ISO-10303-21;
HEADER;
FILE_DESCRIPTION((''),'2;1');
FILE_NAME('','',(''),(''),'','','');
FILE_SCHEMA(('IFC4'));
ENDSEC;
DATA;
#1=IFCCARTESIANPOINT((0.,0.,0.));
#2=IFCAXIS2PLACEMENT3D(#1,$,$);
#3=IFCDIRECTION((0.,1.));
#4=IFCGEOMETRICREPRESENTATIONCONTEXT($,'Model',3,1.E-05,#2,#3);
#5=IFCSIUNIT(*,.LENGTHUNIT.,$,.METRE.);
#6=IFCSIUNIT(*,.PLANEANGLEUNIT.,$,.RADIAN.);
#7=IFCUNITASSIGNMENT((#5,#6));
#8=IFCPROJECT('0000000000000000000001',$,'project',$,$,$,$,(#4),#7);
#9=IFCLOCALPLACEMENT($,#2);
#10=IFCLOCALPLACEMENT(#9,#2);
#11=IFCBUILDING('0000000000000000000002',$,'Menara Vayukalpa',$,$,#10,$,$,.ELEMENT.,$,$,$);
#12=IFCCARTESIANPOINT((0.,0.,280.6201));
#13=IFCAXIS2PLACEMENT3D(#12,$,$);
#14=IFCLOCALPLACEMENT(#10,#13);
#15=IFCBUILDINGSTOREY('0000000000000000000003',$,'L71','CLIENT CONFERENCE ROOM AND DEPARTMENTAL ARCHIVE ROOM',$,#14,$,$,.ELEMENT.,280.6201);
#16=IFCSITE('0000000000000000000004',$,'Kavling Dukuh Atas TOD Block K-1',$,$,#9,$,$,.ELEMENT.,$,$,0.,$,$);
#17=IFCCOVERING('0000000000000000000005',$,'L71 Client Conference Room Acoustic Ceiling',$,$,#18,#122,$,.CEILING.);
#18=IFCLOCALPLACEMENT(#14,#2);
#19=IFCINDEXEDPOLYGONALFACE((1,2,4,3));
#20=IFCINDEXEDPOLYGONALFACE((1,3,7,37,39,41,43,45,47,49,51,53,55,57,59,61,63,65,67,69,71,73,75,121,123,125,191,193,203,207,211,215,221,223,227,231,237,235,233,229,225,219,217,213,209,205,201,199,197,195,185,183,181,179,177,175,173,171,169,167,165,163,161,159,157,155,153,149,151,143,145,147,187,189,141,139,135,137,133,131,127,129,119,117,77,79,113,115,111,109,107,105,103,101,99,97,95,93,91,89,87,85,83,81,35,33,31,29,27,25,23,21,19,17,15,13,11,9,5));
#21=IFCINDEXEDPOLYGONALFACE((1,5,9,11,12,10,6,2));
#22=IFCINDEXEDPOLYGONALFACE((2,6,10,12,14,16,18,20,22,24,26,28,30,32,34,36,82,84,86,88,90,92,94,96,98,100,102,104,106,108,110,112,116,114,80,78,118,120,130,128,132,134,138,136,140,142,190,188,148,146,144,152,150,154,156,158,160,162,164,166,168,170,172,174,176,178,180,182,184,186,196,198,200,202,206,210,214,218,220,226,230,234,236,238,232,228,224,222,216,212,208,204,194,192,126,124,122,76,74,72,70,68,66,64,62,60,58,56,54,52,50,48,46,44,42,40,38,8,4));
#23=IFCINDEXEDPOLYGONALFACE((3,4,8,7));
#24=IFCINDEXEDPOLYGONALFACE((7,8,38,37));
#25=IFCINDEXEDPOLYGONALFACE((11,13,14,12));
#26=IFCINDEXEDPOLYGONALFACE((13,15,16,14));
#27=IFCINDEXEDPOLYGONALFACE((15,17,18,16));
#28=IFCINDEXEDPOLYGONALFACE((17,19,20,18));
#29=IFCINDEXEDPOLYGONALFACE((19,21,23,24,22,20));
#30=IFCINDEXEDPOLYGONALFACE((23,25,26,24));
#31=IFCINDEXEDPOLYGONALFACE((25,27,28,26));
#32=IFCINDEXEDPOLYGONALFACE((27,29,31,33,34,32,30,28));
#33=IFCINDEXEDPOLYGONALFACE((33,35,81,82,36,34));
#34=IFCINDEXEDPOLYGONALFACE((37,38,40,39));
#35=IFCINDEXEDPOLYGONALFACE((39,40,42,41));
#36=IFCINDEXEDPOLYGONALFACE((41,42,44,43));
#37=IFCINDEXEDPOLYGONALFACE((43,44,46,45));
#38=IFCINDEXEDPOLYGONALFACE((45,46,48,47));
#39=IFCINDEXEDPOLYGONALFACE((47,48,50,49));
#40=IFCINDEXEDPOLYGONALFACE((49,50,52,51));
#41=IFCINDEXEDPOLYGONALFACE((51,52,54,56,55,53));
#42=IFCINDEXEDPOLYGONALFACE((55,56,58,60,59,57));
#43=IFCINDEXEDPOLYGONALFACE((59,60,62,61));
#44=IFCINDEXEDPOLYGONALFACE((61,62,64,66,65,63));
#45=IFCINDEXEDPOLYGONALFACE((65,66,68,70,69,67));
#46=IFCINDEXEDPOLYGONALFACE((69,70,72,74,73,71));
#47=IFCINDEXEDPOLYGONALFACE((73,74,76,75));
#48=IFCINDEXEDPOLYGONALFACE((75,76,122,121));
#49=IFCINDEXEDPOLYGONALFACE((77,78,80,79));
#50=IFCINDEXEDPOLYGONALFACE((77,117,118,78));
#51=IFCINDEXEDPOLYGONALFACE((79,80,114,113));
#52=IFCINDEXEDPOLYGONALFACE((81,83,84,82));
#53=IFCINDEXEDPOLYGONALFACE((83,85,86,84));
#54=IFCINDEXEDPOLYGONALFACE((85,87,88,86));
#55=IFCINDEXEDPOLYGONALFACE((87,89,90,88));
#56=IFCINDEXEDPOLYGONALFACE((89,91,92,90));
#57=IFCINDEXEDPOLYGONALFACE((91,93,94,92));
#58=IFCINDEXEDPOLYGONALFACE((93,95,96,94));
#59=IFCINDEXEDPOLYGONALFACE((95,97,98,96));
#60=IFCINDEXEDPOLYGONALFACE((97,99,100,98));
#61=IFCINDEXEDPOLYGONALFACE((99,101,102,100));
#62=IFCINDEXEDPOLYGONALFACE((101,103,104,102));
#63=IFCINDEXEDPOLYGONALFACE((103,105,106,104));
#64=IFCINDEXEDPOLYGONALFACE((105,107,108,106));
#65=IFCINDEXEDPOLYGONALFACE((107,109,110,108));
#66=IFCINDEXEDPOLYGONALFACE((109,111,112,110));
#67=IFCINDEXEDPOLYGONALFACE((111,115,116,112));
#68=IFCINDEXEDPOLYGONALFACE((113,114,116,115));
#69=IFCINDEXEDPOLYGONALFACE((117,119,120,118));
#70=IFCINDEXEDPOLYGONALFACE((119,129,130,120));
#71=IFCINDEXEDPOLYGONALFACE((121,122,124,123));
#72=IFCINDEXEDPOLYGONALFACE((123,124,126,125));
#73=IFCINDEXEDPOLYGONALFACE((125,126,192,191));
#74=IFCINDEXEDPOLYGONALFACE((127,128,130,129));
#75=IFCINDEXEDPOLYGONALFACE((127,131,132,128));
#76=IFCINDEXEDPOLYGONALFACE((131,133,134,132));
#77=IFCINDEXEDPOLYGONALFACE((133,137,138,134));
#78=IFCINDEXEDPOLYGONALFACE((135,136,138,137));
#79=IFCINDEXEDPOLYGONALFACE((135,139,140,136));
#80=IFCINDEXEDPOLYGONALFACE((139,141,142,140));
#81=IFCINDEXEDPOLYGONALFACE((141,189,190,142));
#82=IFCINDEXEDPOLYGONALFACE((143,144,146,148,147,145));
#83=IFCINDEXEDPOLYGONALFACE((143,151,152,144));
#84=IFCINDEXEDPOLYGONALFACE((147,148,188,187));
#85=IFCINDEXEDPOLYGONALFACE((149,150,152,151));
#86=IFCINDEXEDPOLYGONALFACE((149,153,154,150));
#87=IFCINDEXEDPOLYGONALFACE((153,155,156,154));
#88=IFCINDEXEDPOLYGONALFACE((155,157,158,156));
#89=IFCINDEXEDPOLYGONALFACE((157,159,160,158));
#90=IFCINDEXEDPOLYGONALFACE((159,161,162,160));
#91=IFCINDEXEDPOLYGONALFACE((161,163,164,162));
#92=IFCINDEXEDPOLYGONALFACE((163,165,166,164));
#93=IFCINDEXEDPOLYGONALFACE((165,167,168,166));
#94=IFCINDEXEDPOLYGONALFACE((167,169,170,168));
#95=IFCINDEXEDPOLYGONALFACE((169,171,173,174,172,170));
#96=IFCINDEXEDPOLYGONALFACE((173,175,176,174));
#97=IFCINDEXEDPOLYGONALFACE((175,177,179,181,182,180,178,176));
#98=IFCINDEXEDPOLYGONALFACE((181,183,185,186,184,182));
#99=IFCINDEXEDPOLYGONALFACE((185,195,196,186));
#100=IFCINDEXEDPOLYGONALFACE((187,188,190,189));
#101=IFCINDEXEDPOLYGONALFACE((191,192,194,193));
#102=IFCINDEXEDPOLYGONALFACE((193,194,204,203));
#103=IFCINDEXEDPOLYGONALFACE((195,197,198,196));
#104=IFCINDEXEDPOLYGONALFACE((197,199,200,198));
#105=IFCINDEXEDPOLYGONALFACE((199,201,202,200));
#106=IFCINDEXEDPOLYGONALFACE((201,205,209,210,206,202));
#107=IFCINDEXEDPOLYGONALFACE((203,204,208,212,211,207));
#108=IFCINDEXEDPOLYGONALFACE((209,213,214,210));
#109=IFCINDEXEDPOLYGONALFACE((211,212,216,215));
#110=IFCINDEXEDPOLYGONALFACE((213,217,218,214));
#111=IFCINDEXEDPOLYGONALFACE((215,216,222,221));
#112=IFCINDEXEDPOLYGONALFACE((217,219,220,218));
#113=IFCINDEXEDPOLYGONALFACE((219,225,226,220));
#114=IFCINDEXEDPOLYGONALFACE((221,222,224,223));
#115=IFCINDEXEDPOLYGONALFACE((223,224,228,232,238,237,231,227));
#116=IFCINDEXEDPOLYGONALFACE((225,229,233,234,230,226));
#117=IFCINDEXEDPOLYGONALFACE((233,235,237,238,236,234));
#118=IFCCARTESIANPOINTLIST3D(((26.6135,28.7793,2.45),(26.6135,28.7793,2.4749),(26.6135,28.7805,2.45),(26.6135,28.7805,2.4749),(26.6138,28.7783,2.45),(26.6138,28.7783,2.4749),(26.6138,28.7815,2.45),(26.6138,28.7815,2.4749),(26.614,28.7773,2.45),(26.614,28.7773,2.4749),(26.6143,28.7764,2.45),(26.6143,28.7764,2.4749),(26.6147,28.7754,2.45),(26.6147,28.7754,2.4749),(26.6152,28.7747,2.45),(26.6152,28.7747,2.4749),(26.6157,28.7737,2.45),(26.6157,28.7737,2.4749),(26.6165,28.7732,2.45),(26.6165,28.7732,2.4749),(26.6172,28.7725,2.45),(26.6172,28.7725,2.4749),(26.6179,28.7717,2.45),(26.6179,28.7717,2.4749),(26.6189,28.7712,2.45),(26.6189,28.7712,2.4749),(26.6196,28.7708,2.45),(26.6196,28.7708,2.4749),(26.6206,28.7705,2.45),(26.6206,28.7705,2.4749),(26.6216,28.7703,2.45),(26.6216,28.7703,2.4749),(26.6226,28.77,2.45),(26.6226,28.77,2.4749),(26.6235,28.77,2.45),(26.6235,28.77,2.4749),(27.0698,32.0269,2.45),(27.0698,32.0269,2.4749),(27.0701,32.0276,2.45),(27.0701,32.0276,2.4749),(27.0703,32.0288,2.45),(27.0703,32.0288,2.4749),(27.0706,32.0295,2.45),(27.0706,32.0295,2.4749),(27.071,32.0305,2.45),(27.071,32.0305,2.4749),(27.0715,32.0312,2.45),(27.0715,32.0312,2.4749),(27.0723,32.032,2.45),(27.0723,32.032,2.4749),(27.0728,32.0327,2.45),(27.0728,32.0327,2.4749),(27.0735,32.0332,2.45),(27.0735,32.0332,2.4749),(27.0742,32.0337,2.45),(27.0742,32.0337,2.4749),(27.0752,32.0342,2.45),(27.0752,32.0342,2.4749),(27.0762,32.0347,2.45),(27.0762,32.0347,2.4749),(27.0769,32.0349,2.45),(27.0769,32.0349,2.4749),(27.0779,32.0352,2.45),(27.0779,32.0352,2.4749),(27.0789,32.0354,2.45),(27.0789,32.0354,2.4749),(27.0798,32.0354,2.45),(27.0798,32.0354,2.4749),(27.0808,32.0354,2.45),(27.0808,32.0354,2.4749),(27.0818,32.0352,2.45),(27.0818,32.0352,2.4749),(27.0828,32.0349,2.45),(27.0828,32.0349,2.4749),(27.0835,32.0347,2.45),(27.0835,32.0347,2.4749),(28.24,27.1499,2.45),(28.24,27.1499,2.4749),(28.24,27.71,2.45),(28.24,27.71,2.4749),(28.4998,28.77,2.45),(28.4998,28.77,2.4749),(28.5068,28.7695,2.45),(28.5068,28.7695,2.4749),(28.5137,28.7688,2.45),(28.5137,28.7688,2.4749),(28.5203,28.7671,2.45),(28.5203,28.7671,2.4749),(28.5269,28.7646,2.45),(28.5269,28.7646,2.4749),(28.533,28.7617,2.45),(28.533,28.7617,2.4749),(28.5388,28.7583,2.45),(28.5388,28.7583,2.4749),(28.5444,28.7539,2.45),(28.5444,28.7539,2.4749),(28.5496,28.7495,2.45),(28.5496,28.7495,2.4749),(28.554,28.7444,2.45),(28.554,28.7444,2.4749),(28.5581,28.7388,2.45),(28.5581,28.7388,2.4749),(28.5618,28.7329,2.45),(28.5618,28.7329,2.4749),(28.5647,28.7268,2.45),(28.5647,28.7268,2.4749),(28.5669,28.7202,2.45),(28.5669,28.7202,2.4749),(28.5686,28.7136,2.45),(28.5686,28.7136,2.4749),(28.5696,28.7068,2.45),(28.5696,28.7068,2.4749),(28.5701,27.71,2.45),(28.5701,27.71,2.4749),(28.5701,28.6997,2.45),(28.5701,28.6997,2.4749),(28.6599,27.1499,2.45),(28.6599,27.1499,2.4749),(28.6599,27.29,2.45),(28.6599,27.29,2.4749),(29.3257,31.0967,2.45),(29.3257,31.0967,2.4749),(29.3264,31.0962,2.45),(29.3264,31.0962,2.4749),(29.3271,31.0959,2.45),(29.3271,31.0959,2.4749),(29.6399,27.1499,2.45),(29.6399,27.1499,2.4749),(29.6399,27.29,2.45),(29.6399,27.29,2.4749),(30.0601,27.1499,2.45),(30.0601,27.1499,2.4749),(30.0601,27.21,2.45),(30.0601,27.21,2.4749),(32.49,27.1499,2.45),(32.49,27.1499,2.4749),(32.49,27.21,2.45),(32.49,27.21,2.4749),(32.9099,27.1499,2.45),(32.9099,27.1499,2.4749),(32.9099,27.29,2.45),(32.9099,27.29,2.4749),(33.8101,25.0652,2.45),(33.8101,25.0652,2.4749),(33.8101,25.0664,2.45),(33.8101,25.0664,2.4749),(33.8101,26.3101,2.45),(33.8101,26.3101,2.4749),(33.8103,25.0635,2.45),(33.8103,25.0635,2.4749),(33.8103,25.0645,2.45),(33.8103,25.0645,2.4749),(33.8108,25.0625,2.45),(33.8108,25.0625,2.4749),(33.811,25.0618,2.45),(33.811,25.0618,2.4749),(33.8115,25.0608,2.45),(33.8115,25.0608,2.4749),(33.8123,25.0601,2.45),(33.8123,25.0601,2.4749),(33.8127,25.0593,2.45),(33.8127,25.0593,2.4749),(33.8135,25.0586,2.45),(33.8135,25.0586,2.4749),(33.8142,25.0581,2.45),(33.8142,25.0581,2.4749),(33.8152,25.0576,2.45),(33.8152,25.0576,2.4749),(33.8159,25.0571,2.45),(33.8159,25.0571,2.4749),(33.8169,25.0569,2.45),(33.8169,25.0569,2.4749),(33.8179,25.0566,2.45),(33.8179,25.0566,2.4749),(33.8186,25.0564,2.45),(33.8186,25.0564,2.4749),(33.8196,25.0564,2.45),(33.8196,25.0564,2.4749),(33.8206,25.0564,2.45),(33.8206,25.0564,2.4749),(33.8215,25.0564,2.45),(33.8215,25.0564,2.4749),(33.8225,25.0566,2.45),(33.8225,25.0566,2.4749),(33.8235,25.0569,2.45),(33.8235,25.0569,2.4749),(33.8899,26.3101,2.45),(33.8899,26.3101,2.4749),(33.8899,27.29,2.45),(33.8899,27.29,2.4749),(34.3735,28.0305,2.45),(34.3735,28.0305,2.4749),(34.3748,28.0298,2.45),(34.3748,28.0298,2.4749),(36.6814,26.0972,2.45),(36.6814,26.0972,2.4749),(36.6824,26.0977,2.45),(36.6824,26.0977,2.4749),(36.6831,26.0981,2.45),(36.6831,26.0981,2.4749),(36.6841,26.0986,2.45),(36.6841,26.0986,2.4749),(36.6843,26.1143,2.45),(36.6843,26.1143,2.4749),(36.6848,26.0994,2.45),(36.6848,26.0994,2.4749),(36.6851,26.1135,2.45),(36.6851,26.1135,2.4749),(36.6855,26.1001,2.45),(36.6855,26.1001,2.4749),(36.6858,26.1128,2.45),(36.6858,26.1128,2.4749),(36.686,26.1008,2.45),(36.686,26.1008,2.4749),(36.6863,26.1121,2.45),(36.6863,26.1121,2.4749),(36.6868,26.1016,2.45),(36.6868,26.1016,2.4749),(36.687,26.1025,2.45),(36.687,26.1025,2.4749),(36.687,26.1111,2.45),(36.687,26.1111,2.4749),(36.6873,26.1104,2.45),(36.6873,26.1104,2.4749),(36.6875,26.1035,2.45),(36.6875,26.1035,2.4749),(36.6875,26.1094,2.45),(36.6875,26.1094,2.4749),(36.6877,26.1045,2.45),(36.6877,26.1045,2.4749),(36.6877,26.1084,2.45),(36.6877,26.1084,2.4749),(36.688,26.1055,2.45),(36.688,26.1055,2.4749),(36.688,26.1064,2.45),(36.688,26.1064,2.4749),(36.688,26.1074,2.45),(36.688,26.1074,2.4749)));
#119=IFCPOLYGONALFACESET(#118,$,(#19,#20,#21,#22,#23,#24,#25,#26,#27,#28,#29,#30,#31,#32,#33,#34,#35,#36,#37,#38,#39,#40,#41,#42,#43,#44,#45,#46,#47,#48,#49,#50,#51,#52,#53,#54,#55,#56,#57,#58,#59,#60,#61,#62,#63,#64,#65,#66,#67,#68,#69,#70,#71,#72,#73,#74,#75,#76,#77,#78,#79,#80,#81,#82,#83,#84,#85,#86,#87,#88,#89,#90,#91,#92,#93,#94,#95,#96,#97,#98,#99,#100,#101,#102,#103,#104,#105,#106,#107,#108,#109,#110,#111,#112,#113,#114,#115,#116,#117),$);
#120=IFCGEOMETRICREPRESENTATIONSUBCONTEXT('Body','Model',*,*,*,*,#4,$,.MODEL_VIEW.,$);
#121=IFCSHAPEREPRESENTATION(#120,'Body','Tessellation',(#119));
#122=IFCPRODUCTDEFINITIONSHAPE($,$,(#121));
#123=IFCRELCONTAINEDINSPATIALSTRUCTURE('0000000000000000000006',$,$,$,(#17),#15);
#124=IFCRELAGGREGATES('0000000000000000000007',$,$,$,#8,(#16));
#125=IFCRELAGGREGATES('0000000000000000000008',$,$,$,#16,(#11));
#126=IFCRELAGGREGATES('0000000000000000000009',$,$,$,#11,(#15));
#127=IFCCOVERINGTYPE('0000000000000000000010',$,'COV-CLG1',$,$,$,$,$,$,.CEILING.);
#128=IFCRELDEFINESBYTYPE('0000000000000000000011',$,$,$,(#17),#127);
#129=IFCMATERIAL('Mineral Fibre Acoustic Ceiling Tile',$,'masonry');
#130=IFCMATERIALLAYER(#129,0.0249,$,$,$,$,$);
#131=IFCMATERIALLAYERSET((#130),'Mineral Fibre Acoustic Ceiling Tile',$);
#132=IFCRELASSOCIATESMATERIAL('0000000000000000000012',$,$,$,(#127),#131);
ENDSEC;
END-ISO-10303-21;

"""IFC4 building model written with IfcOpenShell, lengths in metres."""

from ifc_helpers import new_model, si_unit, direction, frame, origin, place, context, subcontext, project, spatial, polyline, outline, extrude, material, layer, layer_set, type_object, element, save


model = new_model("IFC4")

# Units and contexts
model_context = context("Model", 3, precision=1e-05, world=origin(), true_north=direction((0.0, 1.0)))
body_context = subcontext(model_context, "Body", "Model", "MODEL_VIEW")
ifc_project = project(units=[si_unit("LENGTHUNIT", "METRE"), si_unit("PLANEANGLEUNIT", "RADIAN")], contexts=[model_context])

# Site, building, storey
site_placement = place(None, origin())
site = spatial("IfcSite", under=ifc_project, at=site_placement, Name="Kavling Dukuh Atas TOD Block K-1", CompositionType="ELEMENT", RefElevation=0.0)
building_placement = place(site_placement, origin())
building = spatial("IfcBuilding", under=site, at=building_placement, Name="Menara Vayukalpa", CompositionType="ELEMENT")
storey_placement = place(building_placement, frame((0.0, 0.0, 280.6201)))
storey = spatial("IfcBuildingStorey", under=building, at=storey_placement, Name="L71", Description="CLIENT CONFERENCE ROOM AND DEPARTMENTAL ARCHIVE ROOM", CompositionType="ELEMENT", Elevation=280.6201)

# Covering
ifc_material_1 = material(Name="Mineral Fibre Acoustic Ceiling Tile", Category="masonry")
ifc_layer_1 = layer(ifc_material_1, 0.0249)
ifc_layer_set_1 = layer_set([ifc_layer_1], Name="Mineral Fibre Acoustic Ceiling Tile")
covering_type_1 = type_object("IfcCoveringType", Name="COV-CLG1", PredefinedType="CEILING", material=ifc_layer_set_1)
covering_1_placement = place(storey_placement, frame((0.0, 0.0, 2.45)))
element("IfcCovering", 1, at=covering_1_placement, inside=storey, type_object=covering_type_1, Name="L71 Client Conference Room Acoustic Ceiling", PredefinedType="CEILING", context=body_context, shape_type="SweptSolid", body=[
    extrude(outline(polyline([(28.5701, 28.6997), (28.5696, 28.7068), (28.5686, 28.7136), (28.5669, 28.7202), (28.5647, 28.7268), (28.5618, 28.7329), (28.5581, 28.7388), (28.554, 28.7444), (28.5496, 28.7495), (28.5444, 28.7539), (28.5388, 28.7583), (28.533, 28.7617), (28.5269, 28.7646), (28.5203, 28.7671), (28.5137, 28.7688), (28.5068, 28.7695), (28.4998, 28.77), (26.6235, 28.77), (26.6226, 28.77), (26.6216, 28.7703), (26.6206, 28.7705), (26.6196, 28.7708), (26.6189, 28.7712), (26.6179, 28.7717), (26.6172, 28.7725), (26.6165, 28.7732), (26.6157, 28.7737), (26.6152, 28.7747), (26.6147, 28.7754), (26.6143, 28.7764), (26.614, 28.7773), (26.6138, 28.7783), (26.6135, 28.7793), (26.6135, 28.7805), (26.6138, 28.7815), (27.0698, 32.0269), (27.0701, 32.0276), (27.0703, 32.0288), (27.0706, 32.0295), (27.071, 32.0305), (27.0715, 32.0312), (27.0723, 32.032), (27.0728, 32.0327), (27.0735, 32.0332), (27.0742, 32.0337), (27.0752, 32.0342), (27.0762, 32.0347), (27.0769, 32.0349), (27.0779, 32.0352), (27.0789, 32.0354), (27.0798, 32.0354), (27.0808, 32.0354), (27.0818, 32.0352), (27.0828, 32.0349), (27.0835, 32.0347), (29.3257, 31.0967), (29.3264, 31.0962), (29.3271, 31.0959), (34.3735, 28.0305), (34.3748, 28.0298), (36.6843, 26.1143), (36.6851, 26.1135), (36.6858, 26.1128), (36.6863, 26.1121), (36.687, 26.1111), (36.6873, 26.1104), (36.6875, 26.1094), (36.6877, 26.1084), (36.688, 26.1074), (36.688, 26.1064), (36.688, 26.1055), (36.6877, 26.1045), (36.6875, 26.1035), (36.687, 26.1025), (36.6868, 26.1016), (36.686, 26.1008), (36.6855, 26.1001), (36.6848, 26.0994), (36.6841, 26.0986), (36.6831, 26.0981), (36.6824, 26.0977), (36.6814, 26.0972), (33.8235, 25.0569), (33.8225, 25.0566), (33.8215, 25.0564), (33.8206, 25.0564), (33.8196, 25.0564), (33.8186, 25.0564), (33.8179, 25.0566), (33.8169, 25.0569), (33.8159, 25.0571), (33.8152, 25.0576), (33.8142, 25.0581), (33.8135, 25.0586), (33.8127, 25.0593), (33.8123, 25.0601), (33.8115, 25.0608), (33.811, 25.0618), (33.8108, 25.0625), (33.8103, 25.0635), (33.8103, 25.0645), (33.8101, 25.0652), (33.8101, 25.0664), (33.8101, 26.3101), (33.8899, 26.3101), (33.8899, 27.29), (32.9099, 27.29), (32.9099, 27.1499), (32.49, 27.1499), (32.49, 27.21), (30.0601, 27.21), (30.0601, 27.1499), (29.6399, 27.1499), (29.6399, 27.29), (28.6599, 27.29), (28.6599, 27.1499), (28.24, 27.1499), (28.24, 27.71), (28.5701, 27.71), (28.5701, 28.6997)])), origin(), (0.0, 0.0, 1.0), 0.0249),
])

save(model, "model.ifc")
